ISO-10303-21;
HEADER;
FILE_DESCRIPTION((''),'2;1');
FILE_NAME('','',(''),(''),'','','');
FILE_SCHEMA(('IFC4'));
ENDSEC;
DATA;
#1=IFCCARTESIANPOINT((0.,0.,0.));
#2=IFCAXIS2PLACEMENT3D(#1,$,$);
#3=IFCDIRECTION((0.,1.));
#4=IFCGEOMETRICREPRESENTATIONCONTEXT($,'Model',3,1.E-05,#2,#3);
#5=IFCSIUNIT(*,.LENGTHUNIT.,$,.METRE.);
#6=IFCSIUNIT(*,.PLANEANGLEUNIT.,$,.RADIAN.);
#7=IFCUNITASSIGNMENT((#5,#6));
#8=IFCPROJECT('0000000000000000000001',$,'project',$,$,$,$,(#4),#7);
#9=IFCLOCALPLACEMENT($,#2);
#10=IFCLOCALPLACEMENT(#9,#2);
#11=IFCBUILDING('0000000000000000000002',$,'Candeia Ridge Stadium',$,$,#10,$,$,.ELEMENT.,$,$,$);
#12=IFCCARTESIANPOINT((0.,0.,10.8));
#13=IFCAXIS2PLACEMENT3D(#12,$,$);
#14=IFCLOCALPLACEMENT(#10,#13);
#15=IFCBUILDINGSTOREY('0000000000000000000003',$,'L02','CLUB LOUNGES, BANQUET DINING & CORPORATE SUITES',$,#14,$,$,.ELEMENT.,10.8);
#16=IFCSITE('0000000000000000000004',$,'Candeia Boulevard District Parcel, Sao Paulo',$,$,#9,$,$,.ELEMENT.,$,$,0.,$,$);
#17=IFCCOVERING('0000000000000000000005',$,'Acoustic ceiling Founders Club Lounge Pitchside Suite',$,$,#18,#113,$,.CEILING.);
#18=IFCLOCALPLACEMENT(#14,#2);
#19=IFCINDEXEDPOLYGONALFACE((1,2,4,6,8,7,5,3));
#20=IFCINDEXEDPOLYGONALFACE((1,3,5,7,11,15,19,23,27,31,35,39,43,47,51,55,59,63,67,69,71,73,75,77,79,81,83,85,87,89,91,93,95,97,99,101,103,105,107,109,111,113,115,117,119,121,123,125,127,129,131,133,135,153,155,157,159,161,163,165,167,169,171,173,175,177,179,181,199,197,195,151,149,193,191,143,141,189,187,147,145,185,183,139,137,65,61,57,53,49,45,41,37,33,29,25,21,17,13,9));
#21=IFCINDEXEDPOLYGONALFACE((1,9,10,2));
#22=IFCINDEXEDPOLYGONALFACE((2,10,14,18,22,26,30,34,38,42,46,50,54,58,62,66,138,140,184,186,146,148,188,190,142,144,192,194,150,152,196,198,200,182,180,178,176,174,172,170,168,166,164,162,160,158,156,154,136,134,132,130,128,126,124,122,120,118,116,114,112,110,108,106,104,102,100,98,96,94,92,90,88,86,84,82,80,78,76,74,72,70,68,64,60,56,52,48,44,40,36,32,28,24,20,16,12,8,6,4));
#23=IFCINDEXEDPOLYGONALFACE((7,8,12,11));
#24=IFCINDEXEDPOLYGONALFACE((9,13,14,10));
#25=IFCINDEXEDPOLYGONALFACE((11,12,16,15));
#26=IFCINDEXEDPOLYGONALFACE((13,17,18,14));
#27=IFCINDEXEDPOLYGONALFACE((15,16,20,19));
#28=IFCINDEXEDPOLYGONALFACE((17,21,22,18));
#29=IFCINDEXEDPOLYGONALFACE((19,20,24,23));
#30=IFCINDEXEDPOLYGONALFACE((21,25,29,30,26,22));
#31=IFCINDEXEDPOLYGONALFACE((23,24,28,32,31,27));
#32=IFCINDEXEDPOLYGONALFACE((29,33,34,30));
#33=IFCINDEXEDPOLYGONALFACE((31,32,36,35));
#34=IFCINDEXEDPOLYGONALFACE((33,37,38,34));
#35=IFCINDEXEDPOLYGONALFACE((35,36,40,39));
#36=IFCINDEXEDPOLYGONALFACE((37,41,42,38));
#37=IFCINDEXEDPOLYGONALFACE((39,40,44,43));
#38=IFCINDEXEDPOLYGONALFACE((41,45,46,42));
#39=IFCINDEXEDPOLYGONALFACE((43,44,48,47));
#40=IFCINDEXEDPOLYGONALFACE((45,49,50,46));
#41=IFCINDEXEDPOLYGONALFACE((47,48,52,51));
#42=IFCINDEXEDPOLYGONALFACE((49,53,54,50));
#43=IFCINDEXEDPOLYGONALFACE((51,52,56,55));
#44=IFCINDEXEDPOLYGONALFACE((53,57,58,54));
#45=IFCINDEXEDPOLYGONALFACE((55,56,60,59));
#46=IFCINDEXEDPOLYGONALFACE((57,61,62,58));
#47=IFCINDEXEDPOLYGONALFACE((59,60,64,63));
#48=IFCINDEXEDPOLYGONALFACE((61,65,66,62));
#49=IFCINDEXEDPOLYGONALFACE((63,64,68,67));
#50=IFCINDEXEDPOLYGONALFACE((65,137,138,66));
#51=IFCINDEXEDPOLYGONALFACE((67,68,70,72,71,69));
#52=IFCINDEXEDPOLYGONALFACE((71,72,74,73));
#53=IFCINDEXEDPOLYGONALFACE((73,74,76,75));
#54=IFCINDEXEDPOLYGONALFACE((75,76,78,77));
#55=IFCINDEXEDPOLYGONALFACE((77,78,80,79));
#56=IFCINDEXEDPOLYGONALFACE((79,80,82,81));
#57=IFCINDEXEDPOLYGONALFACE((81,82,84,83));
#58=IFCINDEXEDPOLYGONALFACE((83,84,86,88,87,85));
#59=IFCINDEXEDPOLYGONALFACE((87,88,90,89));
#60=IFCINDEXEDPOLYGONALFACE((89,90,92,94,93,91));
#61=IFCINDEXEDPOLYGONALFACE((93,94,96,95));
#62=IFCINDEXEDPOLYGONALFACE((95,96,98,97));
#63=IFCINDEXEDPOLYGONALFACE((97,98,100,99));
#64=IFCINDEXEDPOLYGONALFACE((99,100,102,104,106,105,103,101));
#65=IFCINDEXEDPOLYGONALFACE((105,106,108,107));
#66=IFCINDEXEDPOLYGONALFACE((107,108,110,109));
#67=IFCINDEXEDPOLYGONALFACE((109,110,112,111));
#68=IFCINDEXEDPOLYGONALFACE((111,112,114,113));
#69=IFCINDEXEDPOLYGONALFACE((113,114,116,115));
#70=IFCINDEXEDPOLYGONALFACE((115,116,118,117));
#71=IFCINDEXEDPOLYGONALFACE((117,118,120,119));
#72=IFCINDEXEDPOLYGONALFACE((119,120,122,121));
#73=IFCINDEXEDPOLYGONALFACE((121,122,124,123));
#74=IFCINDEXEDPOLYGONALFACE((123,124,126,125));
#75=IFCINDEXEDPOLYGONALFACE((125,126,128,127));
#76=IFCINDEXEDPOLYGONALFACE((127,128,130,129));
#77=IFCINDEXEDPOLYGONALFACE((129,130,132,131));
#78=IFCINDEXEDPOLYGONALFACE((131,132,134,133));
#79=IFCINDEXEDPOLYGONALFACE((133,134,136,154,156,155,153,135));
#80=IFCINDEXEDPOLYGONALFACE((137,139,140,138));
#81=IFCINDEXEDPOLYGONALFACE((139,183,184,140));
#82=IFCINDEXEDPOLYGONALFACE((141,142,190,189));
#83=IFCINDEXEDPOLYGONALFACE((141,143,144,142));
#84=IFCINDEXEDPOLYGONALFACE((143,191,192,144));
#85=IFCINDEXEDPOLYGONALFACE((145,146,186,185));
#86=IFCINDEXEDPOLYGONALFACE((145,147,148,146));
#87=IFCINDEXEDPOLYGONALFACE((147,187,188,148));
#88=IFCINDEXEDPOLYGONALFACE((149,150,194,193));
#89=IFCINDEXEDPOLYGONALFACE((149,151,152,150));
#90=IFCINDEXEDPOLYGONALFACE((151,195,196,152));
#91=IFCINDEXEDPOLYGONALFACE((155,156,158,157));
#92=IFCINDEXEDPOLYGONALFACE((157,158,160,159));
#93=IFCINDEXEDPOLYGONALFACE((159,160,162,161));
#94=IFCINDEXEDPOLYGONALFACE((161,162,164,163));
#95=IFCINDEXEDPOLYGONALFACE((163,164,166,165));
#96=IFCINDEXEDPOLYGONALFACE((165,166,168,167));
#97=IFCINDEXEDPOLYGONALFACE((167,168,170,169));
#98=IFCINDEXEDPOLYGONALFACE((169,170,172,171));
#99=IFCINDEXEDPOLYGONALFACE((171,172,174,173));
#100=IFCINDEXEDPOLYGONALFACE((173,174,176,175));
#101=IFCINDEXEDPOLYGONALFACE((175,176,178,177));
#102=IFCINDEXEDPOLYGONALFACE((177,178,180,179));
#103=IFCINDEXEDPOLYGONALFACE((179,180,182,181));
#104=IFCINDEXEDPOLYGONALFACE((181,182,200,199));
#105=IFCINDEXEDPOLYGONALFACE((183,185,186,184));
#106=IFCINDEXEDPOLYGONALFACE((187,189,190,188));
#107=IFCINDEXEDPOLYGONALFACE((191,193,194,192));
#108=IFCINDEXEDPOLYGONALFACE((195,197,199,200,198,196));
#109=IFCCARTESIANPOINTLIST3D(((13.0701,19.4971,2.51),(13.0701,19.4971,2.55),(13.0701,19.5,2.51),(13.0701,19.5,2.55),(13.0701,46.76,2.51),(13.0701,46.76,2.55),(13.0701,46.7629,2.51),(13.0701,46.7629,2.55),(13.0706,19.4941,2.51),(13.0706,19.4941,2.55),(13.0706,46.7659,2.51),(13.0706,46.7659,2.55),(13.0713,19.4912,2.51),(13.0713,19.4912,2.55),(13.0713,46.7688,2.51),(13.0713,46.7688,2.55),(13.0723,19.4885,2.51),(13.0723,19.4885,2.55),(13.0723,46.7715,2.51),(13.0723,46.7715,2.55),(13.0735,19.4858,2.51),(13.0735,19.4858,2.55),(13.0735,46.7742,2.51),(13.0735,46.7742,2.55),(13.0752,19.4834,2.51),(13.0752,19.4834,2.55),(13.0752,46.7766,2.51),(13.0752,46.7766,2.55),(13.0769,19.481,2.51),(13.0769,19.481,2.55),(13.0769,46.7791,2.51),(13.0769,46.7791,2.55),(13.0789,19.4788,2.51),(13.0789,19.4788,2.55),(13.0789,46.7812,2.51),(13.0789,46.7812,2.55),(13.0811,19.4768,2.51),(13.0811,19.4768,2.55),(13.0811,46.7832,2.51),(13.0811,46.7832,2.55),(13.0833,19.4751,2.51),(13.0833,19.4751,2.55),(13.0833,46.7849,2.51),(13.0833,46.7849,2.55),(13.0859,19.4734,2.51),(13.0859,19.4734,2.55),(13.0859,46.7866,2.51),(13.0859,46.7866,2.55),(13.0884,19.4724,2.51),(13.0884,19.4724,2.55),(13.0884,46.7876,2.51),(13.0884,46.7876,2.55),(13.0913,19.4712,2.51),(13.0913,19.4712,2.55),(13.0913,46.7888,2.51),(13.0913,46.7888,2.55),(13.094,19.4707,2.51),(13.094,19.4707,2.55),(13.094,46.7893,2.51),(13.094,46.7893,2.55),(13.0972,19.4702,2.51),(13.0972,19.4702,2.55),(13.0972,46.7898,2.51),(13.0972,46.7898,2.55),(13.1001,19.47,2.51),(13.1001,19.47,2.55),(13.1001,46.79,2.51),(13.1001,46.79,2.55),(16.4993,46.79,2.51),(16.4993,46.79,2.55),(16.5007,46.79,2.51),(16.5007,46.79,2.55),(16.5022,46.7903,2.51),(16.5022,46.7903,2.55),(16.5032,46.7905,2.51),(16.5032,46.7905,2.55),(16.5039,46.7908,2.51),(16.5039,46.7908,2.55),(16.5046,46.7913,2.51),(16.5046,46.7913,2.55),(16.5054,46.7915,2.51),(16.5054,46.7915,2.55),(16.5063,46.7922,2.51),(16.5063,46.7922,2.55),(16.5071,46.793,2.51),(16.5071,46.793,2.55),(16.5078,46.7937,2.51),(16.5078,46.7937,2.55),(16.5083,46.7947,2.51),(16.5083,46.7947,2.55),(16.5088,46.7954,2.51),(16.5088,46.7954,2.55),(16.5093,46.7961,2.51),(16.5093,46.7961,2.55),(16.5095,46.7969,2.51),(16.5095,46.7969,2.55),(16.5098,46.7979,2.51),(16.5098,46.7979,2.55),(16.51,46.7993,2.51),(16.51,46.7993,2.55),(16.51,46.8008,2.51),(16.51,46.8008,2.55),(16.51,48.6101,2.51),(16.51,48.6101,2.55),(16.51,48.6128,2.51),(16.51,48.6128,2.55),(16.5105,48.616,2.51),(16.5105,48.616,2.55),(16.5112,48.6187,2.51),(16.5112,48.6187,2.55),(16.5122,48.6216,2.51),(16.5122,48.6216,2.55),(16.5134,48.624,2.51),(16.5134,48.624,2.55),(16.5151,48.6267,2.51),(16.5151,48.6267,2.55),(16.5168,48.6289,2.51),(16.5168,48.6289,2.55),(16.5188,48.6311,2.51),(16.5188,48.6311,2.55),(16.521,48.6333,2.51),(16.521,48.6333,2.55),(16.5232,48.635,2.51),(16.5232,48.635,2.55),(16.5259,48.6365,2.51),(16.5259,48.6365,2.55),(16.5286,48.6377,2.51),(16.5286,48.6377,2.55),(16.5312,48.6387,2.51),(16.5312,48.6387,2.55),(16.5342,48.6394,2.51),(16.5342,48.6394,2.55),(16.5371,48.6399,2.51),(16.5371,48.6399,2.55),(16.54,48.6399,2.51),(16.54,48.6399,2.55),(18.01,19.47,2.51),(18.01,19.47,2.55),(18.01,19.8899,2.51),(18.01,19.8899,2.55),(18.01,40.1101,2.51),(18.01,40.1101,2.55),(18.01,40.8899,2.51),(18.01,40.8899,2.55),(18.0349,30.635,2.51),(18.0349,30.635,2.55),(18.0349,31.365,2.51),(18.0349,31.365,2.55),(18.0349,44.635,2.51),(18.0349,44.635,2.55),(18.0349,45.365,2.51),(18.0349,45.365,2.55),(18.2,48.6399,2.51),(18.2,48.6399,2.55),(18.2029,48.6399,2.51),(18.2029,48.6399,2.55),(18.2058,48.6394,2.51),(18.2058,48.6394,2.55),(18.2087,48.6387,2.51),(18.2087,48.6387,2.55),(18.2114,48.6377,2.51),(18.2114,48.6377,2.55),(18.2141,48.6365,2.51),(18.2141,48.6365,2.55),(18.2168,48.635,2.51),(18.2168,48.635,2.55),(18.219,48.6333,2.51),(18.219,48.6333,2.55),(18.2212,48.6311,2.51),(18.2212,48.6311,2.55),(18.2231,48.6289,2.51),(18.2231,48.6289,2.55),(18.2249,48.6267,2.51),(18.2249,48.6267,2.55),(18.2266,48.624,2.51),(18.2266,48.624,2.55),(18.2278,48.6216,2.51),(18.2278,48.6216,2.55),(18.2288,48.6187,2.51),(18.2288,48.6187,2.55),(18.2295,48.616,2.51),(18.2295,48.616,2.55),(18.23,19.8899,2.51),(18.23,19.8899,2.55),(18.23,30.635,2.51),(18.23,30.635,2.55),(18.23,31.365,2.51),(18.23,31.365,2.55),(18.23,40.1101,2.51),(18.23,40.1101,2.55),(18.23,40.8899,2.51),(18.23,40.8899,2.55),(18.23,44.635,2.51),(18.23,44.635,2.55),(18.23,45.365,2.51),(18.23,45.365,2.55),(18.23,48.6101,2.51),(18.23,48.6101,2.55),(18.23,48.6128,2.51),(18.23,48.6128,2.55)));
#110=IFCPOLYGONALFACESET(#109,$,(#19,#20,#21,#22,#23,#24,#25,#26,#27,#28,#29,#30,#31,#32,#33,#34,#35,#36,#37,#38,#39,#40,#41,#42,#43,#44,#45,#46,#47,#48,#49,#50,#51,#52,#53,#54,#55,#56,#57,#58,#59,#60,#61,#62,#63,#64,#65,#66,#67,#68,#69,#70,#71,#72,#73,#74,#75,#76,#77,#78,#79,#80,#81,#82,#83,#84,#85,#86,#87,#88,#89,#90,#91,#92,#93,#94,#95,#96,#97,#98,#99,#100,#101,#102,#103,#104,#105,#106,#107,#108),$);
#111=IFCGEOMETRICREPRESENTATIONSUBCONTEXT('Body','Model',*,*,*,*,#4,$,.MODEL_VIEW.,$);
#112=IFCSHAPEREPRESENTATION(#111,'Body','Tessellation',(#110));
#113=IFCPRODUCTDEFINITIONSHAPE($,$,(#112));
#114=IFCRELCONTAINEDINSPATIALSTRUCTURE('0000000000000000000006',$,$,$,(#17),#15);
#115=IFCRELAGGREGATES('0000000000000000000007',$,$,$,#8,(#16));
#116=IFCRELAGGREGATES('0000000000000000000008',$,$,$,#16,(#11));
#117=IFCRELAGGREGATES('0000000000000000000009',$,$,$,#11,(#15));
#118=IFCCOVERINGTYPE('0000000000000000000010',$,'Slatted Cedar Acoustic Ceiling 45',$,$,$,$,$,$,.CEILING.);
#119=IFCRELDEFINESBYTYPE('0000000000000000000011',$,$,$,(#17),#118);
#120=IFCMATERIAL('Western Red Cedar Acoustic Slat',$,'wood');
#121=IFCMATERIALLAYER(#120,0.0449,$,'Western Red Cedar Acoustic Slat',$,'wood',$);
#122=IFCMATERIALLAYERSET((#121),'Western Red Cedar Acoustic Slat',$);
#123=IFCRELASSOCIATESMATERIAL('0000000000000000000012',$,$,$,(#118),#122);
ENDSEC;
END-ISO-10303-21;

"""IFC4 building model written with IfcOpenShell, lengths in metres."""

from ifc_helpers import new_model, si_unit, direction, frame, origin, place, context, subcontext, project, spatial, polyline, outline, extrude, material, layer, layer_set, type_object, element, save


model = new_model("IFC4")

# Units and contexts
model_context = context("Model", 3, precision=1e-05, world=origin(), true_north=direction((0.0, 1.0)))
body_context = subcontext(model_context, "Body", "Model", "MODEL_VIEW")
ifc_project = project(units=[si_unit("LENGTHUNIT", "METRE"), si_unit("PLANEANGLEUNIT", "RADIAN")], contexts=[model_context])

# Site, building, storey
site_placement = place(None, origin())
site = spatial("IfcSite", under=ifc_project, at=site_placement, Name="Candeia Boulevard District Parcel, Sao Paulo", CompositionType="ELEMENT", RefElevation=0.0)
building_placement = place(site_placement, origin())
building = spatial("IfcBuilding", under=site, at=building_placement, Name="Candeia Ridge Stadium", CompositionType="ELEMENT")
storey_placement = place(building_placement, frame((0.0, 0.0, 10.8)))
storey = spatial("IfcBuildingStorey", under=building, at=storey_placement, Name="L02", Description="CLUB LOUNGES, BANQUET DINING & CORPORATE SUITES", CompositionType="ELEMENT", Elevation=10.8)

# Covering
ifc_material_1 = material(Name="Western Red Cedar Acoustic Slat", Category="wood")
ifc_layer_1 = layer(ifc_material_1, 0.0449, Name="Western Red Cedar Acoustic Slat", Category="wood")
ifc_layer_set_1 = layer_set([ifc_layer_1], Name="Western Red Cedar Acoustic Slat")
covering_type_1 = type_object("IfcCoveringType", Name="Slatted Cedar Acoustic Ceiling 45", PredefinedType="CEILING", material=ifc_layer_set_1)
covering_1_placement = place(storey_placement, frame((0.0, 0.0, 2.51)))
element("IfcCovering", 1, at=covering_1_placement, inside=storey, type_object=covering_type_1, Name="Acoustic ceiling Founders Club Lounge Pitchside Suite", PredefinedType="CEILING", context=body_context, shape_type="SweptSolid", body=[
    extrude(outline(polyline([(13.0972, 19.4702), (13.094, 19.4707), (13.0913, 19.4712), (13.0884, 19.4724), (13.0859, 19.4734), (13.0833, 19.4751), (13.0811, 19.4768), (13.0789, 19.4788), (13.0769, 19.481), (13.0752, 19.4834), (13.0735, 19.4858), (13.0723, 19.4885), (13.0713, 19.4912), (13.0706, 19.4941), (13.0701, 19.4971), (13.0701, 19.5), (13.0701, 46.76), (13.0701, 46.7629), (13.0706, 46.7659), (13.0713, 46.7688), (13.0723, 46.7715), (13.0735, 46.7742), (13.0752, 46.7766), (13.0769, 46.7791), (13.0789, 46.7812), (13.0811, 46.7832), (13.0833, 46.7849), (13.0859, 46.7866), (13.0884, 46.7876), (13.0913, 46.7888), (13.094, 46.7893), (13.0972, 46.7898), (13.1001, 46.79), (16.4993, 46.79), (16.5007, 46.79), (16.5022, 46.7903), (16.5032, 46.7905), (16.5039, 46.7908), (16.5046, 46.7913), (16.5054, 46.7915), (16.5063, 46.7922), (16.5071, 46.793), (16.5078, 46.7937), (16.5083, 46.7947), (16.5088, 46.7954), (16.5093, 46.7961), (16.5095, 46.7969), (16.5098, 46.7979), (16.51, 46.7993), (16.51, 46.8008), (16.51, 48.6101), (16.51, 48.6128), (16.5105, 48.616), (16.5112, 48.6187), (16.5122, 48.6216), (16.5134, 48.624), (16.5151, 48.6267), (16.5168, 48.6289), (16.5188, 48.6311), (16.521, 48.6333), (16.5232, 48.635), (16.5259, 48.6365), (16.5286, 48.6377), (16.5312, 48.6387), (16.5342, 48.6394), (16.5371, 48.6399), (16.54, 48.6399), (18.2, 48.6399), (18.2029, 48.6399), (18.2058, 48.6394), (18.2087, 48.6387), (18.2114, 48.6377), (18.2141, 48.6365), (18.2168, 48.635), (18.219, 48.6333), (18.2212, 48.6311), (18.2231, 48.6289), (18.2249, 48.6267), (18.2266, 48.624), (18.2278, 48.6216), (18.2288, 48.6187), (18.2295, 48.616), (18.23, 48.6128), (18.23, 48.6101), (18.23, 45.365), (18.0349, 45.365), (18.0349, 44.635), (18.23, 44.635), (18.23, 40.8899), (18.01, 40.8899), (18.01, 40.1101), (18.23, 40.1101), (18.23, 31.365), (18.0349, 31.365), (18.0349, 30.635), (18.23, 30.635), (18.23, 19.8899), (18.01, 19.8899), (18.01, 19.47), (13.1001, 19.47), (13.0972, 19.4702)])), origin(), (0.0, 0.0, 1.0), 0.04),
])

save(model, "model.ifc")
